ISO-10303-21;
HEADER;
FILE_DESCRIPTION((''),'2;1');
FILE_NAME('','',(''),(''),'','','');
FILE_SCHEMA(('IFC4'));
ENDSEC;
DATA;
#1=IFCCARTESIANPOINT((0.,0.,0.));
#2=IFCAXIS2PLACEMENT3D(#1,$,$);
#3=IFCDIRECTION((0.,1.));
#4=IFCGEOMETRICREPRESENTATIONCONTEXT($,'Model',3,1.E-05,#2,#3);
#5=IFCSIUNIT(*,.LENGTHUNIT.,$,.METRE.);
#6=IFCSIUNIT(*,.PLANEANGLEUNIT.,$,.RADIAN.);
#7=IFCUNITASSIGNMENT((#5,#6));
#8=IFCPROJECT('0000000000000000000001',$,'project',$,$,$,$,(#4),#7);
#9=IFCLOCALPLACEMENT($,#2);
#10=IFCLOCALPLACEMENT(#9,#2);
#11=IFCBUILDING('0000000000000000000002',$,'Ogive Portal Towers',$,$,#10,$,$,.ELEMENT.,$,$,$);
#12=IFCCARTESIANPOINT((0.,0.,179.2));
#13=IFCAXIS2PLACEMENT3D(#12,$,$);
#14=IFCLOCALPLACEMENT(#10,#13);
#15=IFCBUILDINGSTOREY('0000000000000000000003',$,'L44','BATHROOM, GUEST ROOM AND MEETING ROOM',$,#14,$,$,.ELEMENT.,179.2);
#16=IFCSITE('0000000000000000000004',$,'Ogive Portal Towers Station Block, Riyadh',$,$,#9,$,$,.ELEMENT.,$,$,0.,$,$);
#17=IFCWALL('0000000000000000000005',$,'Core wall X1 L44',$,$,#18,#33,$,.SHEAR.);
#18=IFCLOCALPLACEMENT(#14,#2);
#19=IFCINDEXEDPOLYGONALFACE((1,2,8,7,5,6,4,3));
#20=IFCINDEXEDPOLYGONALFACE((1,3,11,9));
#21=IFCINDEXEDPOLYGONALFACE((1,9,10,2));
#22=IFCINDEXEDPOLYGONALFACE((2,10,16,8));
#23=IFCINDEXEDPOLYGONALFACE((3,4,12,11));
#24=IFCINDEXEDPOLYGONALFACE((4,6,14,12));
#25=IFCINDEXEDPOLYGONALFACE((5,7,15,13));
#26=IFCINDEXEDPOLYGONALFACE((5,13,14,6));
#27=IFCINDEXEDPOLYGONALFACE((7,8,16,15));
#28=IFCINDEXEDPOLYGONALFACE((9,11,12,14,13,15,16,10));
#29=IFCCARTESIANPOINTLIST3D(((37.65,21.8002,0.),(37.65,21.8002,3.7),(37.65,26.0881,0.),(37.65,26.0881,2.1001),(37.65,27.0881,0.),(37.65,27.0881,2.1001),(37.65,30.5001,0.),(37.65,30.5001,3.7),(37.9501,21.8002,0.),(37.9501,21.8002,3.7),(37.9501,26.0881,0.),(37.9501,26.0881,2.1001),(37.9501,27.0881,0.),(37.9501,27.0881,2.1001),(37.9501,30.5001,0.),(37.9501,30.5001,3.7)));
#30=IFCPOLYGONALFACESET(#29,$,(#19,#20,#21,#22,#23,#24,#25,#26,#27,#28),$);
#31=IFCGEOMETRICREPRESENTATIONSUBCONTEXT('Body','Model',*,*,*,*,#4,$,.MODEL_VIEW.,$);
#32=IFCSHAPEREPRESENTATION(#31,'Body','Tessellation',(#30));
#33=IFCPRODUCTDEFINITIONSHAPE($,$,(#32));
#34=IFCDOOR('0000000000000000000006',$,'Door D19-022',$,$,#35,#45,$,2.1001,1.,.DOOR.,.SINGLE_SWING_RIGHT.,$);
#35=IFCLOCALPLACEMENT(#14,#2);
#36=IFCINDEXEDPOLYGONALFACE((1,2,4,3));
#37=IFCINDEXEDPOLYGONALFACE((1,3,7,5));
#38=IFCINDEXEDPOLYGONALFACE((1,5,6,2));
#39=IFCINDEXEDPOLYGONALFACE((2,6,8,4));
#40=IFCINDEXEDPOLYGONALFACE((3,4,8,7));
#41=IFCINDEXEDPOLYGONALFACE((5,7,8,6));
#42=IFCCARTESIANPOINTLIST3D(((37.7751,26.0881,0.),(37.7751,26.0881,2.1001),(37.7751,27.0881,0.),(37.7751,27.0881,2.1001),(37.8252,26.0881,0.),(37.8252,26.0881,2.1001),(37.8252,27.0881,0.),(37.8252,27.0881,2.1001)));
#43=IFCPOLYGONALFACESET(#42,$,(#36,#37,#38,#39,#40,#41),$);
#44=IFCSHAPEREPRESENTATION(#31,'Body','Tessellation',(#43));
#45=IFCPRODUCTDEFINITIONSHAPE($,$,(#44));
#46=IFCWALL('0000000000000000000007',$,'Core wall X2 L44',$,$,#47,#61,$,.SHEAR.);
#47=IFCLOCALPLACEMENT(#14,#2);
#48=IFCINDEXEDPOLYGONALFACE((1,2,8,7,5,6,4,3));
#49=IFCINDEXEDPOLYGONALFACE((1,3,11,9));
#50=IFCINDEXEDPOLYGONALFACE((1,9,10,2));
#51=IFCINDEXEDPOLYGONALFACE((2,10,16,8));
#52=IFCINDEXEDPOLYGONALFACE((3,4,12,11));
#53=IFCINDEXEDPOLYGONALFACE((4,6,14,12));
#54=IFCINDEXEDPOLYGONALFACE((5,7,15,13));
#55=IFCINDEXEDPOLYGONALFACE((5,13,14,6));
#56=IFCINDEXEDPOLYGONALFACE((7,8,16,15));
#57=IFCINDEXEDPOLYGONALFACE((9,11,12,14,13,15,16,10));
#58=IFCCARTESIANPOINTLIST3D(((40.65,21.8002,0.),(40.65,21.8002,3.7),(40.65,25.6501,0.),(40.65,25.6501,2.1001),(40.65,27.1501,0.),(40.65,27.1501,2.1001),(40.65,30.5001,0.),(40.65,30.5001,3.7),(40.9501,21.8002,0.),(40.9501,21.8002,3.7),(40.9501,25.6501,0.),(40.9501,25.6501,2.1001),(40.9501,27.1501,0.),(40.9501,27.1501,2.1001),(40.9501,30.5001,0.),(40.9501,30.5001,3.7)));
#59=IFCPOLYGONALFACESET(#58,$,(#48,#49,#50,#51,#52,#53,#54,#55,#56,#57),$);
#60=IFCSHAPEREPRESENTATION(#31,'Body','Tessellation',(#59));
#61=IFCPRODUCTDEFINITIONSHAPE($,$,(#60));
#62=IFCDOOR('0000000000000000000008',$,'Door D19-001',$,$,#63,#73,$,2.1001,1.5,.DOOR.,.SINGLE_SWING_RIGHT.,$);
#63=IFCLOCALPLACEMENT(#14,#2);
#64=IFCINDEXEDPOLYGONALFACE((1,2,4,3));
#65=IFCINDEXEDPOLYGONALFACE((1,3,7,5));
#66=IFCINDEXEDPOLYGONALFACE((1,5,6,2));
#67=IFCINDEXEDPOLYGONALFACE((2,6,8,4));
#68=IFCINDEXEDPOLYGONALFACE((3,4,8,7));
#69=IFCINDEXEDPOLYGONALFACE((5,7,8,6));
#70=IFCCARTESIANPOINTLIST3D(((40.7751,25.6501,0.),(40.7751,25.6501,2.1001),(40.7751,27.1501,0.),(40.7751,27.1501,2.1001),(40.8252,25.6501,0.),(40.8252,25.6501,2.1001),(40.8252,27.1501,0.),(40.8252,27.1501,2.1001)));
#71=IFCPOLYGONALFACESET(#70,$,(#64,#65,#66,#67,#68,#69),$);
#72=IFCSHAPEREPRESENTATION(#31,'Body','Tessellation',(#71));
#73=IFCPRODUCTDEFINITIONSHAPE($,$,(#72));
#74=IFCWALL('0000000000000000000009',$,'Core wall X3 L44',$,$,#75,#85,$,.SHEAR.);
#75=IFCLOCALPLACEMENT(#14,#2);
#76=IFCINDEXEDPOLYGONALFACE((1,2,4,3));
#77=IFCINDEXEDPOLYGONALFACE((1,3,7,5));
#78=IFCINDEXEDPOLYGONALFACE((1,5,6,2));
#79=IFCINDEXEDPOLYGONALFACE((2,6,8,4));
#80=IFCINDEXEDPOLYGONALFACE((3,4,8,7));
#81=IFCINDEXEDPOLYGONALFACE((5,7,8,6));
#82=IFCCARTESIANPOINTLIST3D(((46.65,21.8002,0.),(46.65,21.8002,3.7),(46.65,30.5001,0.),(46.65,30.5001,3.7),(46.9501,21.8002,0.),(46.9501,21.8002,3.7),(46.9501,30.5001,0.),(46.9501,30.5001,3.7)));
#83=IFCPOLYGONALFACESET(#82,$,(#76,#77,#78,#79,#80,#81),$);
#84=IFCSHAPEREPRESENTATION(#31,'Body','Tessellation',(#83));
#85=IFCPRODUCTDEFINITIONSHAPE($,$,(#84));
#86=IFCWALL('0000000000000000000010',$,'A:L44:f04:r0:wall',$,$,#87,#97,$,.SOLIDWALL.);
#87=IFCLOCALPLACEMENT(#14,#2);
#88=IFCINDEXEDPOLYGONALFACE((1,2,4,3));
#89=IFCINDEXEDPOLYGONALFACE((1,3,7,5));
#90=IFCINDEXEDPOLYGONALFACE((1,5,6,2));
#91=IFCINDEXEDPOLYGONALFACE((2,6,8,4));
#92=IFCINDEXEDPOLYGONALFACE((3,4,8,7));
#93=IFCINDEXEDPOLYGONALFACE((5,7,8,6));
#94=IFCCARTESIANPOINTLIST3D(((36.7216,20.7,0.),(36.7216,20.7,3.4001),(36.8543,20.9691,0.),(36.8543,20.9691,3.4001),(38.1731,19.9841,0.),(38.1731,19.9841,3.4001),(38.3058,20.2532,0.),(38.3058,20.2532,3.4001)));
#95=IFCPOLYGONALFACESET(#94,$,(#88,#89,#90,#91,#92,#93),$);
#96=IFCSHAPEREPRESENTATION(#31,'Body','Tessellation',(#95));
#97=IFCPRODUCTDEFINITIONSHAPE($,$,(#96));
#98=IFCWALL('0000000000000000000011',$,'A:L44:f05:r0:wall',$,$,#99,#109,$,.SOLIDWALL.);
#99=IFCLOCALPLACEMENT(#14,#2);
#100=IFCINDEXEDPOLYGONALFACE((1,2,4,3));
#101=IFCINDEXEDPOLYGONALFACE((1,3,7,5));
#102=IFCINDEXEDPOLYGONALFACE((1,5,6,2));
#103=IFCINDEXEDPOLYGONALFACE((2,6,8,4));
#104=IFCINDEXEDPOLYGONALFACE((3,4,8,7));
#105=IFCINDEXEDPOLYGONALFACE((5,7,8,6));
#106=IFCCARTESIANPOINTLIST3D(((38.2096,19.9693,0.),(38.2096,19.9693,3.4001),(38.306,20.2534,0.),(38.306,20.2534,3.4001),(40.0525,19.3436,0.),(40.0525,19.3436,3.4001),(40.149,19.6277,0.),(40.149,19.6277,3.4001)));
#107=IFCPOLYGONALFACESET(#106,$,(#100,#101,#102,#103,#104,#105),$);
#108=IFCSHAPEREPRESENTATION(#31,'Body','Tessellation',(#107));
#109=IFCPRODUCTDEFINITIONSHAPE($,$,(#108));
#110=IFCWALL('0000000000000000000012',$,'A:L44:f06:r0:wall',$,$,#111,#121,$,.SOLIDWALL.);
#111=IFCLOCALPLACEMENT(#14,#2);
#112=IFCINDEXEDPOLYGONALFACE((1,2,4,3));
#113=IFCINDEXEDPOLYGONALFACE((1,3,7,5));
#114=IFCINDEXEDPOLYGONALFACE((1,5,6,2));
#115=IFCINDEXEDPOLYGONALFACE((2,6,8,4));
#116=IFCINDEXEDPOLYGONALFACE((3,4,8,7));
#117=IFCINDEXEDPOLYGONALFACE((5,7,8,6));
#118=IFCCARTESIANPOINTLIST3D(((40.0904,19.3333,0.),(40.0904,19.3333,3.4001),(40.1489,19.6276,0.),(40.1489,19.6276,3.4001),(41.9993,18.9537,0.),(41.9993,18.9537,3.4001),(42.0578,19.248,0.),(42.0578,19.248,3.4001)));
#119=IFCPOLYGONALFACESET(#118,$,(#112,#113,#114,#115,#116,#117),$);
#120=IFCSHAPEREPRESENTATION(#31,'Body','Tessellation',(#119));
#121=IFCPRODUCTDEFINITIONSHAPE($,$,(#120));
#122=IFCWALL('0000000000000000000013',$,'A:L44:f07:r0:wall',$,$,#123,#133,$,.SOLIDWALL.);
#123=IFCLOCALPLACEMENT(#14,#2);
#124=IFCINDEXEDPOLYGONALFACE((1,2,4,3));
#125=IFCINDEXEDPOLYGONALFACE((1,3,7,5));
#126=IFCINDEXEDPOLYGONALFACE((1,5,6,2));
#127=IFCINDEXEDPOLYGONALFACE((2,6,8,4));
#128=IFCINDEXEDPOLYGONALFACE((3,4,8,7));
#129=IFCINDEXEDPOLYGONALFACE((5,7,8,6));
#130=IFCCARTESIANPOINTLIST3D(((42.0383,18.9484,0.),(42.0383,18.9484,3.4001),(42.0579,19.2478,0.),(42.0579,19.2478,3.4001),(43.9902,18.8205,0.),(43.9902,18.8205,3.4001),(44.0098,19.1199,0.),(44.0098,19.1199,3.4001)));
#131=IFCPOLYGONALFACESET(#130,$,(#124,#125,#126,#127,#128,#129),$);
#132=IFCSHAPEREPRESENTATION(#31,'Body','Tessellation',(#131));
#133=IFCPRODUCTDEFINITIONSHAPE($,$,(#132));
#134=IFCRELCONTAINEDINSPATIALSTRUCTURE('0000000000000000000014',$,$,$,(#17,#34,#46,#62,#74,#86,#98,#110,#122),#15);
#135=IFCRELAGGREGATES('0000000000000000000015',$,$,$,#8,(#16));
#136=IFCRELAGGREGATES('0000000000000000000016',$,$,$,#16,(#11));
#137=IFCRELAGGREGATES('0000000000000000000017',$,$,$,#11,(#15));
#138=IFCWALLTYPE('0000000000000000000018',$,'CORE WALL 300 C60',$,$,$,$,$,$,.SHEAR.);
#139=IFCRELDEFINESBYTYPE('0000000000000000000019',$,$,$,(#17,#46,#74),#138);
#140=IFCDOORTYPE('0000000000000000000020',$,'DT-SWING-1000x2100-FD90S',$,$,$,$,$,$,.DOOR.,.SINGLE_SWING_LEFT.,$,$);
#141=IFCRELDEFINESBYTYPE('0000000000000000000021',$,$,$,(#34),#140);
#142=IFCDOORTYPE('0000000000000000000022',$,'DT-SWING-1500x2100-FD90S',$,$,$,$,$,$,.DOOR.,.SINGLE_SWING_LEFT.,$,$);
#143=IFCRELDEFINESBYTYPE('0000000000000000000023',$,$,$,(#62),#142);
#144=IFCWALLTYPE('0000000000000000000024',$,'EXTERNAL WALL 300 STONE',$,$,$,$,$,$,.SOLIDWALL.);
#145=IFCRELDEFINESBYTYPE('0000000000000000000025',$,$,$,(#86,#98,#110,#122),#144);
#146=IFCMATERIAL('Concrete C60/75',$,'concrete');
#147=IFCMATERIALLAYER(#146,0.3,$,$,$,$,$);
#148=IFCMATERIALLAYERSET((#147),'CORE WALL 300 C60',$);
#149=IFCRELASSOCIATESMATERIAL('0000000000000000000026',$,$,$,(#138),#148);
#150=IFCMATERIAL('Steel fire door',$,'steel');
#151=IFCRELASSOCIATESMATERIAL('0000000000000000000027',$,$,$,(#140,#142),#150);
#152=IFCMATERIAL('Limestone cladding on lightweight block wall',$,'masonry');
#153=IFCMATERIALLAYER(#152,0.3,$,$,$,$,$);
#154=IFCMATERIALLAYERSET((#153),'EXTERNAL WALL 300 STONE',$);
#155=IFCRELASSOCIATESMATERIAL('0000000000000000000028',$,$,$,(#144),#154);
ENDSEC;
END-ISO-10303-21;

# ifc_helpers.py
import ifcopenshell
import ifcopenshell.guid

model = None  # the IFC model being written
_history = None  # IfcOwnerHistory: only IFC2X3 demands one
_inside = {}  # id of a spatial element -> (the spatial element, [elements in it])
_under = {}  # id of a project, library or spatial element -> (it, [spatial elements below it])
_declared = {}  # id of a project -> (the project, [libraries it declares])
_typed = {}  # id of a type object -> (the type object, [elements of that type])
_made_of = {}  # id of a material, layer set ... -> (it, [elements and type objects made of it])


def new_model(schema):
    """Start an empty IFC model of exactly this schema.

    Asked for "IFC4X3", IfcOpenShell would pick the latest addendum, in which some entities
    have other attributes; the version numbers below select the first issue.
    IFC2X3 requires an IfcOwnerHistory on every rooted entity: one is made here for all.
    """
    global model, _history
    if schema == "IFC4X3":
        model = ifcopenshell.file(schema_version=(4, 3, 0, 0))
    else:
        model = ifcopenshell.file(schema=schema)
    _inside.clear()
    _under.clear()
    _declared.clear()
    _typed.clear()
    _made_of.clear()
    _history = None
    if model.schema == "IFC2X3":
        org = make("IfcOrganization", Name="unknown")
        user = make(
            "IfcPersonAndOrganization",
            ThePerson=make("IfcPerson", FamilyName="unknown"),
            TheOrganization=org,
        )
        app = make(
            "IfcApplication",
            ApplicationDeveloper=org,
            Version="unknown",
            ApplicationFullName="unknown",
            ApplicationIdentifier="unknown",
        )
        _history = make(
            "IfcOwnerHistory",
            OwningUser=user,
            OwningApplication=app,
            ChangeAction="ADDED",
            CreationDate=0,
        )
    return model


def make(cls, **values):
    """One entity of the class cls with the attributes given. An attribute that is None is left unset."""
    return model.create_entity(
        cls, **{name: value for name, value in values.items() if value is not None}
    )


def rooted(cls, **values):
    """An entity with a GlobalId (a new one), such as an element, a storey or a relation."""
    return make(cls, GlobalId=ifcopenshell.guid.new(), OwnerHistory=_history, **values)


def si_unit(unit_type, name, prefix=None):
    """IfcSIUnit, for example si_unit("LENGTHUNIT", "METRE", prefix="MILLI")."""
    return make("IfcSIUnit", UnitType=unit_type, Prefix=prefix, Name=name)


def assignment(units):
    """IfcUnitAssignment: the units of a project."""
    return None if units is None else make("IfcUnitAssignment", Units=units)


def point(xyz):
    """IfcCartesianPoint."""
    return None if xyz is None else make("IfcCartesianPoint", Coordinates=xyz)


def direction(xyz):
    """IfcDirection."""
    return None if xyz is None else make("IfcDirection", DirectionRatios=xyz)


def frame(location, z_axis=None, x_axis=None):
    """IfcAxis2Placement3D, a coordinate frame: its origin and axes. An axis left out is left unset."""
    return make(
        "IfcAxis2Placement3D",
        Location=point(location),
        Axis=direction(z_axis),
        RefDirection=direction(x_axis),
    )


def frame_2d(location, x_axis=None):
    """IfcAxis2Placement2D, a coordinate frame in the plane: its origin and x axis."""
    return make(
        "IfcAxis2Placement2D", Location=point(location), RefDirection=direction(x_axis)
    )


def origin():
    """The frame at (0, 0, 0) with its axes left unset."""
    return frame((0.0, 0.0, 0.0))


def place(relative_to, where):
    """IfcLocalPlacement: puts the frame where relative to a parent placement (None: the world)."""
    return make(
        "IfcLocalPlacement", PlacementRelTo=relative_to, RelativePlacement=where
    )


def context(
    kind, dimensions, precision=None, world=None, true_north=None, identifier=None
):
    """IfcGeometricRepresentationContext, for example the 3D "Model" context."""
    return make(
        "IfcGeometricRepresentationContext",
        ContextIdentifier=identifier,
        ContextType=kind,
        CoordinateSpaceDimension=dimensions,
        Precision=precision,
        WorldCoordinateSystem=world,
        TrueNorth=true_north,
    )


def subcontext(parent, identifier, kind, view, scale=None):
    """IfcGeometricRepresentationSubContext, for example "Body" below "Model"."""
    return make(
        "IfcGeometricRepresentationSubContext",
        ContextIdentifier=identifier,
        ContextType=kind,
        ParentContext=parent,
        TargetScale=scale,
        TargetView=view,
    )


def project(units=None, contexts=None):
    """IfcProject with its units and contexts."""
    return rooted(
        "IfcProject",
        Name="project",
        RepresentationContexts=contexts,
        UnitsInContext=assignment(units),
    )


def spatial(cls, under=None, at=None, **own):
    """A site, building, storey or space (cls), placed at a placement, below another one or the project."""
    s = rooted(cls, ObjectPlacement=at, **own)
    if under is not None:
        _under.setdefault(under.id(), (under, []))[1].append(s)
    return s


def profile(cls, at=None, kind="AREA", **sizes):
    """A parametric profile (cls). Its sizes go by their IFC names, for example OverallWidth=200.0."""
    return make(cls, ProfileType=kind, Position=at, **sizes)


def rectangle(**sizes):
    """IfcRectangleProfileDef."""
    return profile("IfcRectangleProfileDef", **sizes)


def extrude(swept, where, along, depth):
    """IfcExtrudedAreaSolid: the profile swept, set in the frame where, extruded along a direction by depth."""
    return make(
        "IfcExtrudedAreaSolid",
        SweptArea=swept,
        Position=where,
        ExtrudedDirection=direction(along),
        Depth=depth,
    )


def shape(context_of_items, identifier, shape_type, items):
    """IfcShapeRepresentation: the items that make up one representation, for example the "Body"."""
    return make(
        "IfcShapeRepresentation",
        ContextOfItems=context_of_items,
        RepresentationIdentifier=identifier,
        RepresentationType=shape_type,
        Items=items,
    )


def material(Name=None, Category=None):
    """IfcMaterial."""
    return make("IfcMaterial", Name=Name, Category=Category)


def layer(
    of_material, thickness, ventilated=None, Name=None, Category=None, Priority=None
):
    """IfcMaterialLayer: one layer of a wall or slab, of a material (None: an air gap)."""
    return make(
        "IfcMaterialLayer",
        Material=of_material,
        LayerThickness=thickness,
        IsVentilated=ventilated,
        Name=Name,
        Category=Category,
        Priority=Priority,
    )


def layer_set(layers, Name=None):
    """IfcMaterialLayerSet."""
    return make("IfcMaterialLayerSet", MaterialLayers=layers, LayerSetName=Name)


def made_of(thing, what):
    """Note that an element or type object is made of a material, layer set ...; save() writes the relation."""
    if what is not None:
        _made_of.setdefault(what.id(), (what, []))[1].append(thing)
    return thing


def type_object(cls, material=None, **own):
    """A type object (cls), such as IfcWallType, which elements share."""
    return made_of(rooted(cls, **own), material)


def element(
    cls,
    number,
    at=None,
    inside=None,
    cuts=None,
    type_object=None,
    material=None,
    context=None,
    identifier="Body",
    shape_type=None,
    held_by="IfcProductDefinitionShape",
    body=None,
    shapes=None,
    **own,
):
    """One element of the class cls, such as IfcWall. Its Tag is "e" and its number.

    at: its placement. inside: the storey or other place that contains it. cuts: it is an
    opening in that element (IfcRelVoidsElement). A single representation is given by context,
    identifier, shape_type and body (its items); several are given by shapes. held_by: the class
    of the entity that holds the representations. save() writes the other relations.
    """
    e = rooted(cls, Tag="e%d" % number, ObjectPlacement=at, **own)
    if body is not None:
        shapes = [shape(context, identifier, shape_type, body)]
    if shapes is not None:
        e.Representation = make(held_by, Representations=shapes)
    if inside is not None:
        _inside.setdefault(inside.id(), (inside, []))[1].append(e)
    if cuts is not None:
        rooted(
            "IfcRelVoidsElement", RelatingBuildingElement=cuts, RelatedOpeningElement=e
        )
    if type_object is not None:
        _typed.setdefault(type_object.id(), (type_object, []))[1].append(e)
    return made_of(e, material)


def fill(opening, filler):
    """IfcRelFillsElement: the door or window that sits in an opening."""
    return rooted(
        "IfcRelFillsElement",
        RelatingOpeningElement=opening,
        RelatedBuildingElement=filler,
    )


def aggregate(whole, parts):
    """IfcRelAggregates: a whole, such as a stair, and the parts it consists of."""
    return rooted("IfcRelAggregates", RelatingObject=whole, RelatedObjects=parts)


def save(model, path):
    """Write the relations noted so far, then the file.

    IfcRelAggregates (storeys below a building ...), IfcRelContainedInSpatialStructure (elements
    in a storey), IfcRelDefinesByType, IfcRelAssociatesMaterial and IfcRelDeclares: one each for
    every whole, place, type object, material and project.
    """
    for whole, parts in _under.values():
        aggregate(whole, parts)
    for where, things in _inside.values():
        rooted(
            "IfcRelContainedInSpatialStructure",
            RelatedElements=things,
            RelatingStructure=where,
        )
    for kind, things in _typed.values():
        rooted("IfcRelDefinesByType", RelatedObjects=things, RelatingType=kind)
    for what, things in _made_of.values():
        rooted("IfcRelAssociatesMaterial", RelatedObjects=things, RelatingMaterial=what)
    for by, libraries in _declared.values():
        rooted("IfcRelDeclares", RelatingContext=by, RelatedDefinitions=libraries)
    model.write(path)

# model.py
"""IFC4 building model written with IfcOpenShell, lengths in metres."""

from ifc_helpers import new_model, si_unit, direction, frame, frame_2d, origin, place, context, subcontext, project, spatial, rectangle, extrude, material, layer, layer_set, type_object, element, fill, save


model = new_model("IFC4")

# Units and contexts
model_context = context("Model", 3, precision=1e-05, world=origin(), true_north=direction((0.0, 1.0)))
body_context = subcontext(model_context, "Body", "Model", "MODEL_VIEW")
ifc_project = project(units=[si_unit("LENGTHUNIT", "METRE"), si_unit("PLANEANGLEUNIT", "RADIAN")], contexts=[model_context])

# Site, building, storey
site_placement = place(None, origin())
site = spatial("IfcSite", under=ifc_project, at=site_placement, Name="Ogive Portal Towers Station Block, Riyadh", CompositionType="ELEMENT", RefElevation=0.0)
building_placement = place(site_placement, origin())
building = spatial("IfcBuilding", under=site, at=building_placement, Name="Ogive Portal Towers", CompositionType="ELEMENT")
storey_placement = place(building_placement, frame((0.0, 0.0, 179.2)))
storey = spatial("IfcBuildingStorey", under=building, at=storey_placement, Name="L44", Description="BATHROOM, GUEST ROOM AND MEETING ROOM", CompositionType="ELEMENT", Elevation=179.2)

# Walls, openings, doors
ifc_material_1 = material(Name="Concrete C60/75", Category="concrete")
ifc_layer_1 = layer(ifc_material_1, 0.3)
ifc_layer_set_1 = layer_set([ifc_layer_1], Name="CORE WALL 300 C60")
wall_type_1 = type_object("IfcWallType", Name="CORE WALL 300 C60", PredefinedType="SHEAR", material=ifc_layer_set_1)
wall_1_placement = place(storey_placement, frame((37.8, 21.8, 0.0), z_axis=(0.0, 0.0, 1.0), x_axis=(0.0, 1.0, 0.0)))
wall_1 = element("IfcWall", 1, at=wall_1_placement, inside=storey, type_object=wall_type_1, Name="Core wall X1 L44", PredefinedType="SHEAR", context=body_context, shape_type="SweptSolid", body=[
    extrude(rectangle(XDim=8.7, YDim=0.3, at=frame_2d((4.3501, 0.0))), origin(), (0.0, 0.0, 1.0), 3.7),
])
opening_1_placement = place(wall_1_placement, frame((4.2881, 0.0, 0.0)))
opening_1 = element("IfcOpeningElement", 2, at=opening_1_placement, cuts=wall_1, PredefinedType="OPENING", context=body_context, shape_type="SweptSolid", body=[
    extrude(rectangle(XDim=1.0, YDim=2.1001, at=frame_2d((0.5, 1.05))), frame((0.0, 0.1602, 0.0), z_axis=(0.0, -1.0, 0.0), x_axis=(1.0, 0.0, 0.0)), (0.0, 0.0, 1.0), 0.3201),
])
ifc_material_2 = material(Name="Steel fire door", Category="steel")
door_type_1 = type_object("IfcDoorType", Name="DT-SWING-1000x2100-FD90S", OperationType="SINGLE_SWING_LEFT", PredefinedType="DOOR", material=ifc_material_2)
door_1_placement = place(opening_1_placement, origin())
door_1 = element("IfcDoor", 3, at=door_1_placement, inside=storey, type_object=door_type_1, Name="Door D19-022", OperationType="SINGLE_SWING_RIGHT", OverallHeight=2.1001, OverallWidth=1.0, PredefinedType="DOOR", context=body_context, shape_type="SweptSolid", body=[
    extrude(rectangle(XDim=1.0, YDim=2.1001, at=frame_2d((0.5, 1.05))), frame((0.0, 0.0249, 0.0), z_axis=(0.0, -1.0, 0.0), x_axis=(1.0, 0.0, 0.0)), (0.0, 0.0, 1.0), 0.05),
])
fill(opening_1, door_1)
wall_2_placement = place(storey_placement, frame((40.8, 21.8, 0.0), z_axis=(0.0, 0.0, 1.0), x_axis=(0.0, 1.0, 0.0)))
wall_2 = element("IfcWall", 4, at=wall_2_placement, inside=storey, type_object=wall_type_1, Name="Core wall X2 L44", PredefinedType="SHEAR", context=body_context, shape_type="SweptSolid", body=[
    extrude(rectangle(XDim=8.7, YDim=0.3, at=frame_2d((4.3501, 0.0))), origin(), (0.0, 0.0, 1.0), 3.7),
])
opening_2_placement = place(wall_2_placement, frame((3.8501, 0.0, 0.0)))
opening_2 = element("IfcOpeningElement", 5, at=opening_2_placement, cuts=wall_2, PredefinedType="OPENING", context=body_context, shape_type="SweptSolid", body=[
    extrude(rectangle(XDim=1.5, YDim=2.1001, at=frame_2d((0.75, 1.05))), frame((0.0, 0.1602, 0.0), z_axis=(0.0, -1.0, 0.0), x_axis=(1.0, 0.0, 0.0)), (0.0, 0.0, 1.0), 0.3201),
])
door_type_2 = type_object("IfcDoorType", Name="DT-SWING-1500x2100-FD90S", OperationType="SINGLE_SWING_LEFT", PredefinedType="DOOR", material=ifc_material_2)
door_2_placement = place(opening_2_placement, origin())
door_2 = element("IfcDoor", 6, at=door_2_placement, inside=storey, type_object=door_type_2, Name="Door D19-001", OperationType="SINGLE_SWING_RIGHT", OverallHeight=2.1001, OverallWidth=1.5, PredefinedType="DOOR", context=body_context, shape_type="SweptSolid", body=[
    extrude(rectangle(XDim=1.5, YDim=2.1001, at=frame_2d((0.75, 1.05))), frame((0.0, 0.0249, 0.0), z_axis=(0.0, -1.0, 0.0), x_axis=(1.0, 0.0, 0.0)), (0.0, 0.0, 1.0), 0.05),
])
fill(opening_2, door_2)

# Walls
wall_3_placement = place(storey_placement, frame((46.8, 21.8, 0.0), z_axis=(0.0, 0.0, 1.0), x_axis=(0.0, 1.0, 0.0)))
element("IfcWall", 7, at=wall_3_placement, inside=storey, type_object=wall_type_1, Name="Core wall X3 L44", PredefinedType="SHEAR", context=body_context, shape_type="SweptSolid", body=[
    extrude(rectangle(XDim=8.7, YDim=0.3, at=frame_2d((4.3501, 0.0))), origin(), (0.0, 0.0, 1.0), 3.7),
])
ifc_material_3 = material(Name="Limestone cladding on lightweight block wall", Category="masonry")
ifc_layer_2 = layer(ifc_material_3, 0.3)
ifc_layer_set_2 = layer_set([ifc_layer_2], Name="EXTERNAL WALL 300 STONE")
wall_type_2 = type_object("IfcWallType", Name="EXTERNAL WALL 300 STONE", PredefinedType="SOLIDWALL", material=ifc_layer_set_2)
wall_4_placement = place(storey_placement, frame((36.7881, 20.8345, 0.0), z_axis=(0.0, 0.0, 1.0), x_axis=(0.896858, -0.442319, 0.0)))
element("IfcWall", 8, at=wall_4_placement, inside=storey, type_object=wall_type_2, Name="A:L44:f04:r0:wall", PredefinedType="SOLIDWALL", context=body_context, shape_type="SweptSolid", body=[
    extrude(rectangle(XDim=1.6184, YDim=0.3, at=frame_2d((0.8091, 0.0))), origin(), (0.0, 0.0, 1.0), 3.4001),
])
for number, where, z_axis, x_axis, name in (
    (9, (38.2578, 20.1113, 0.0), (0.0, 0.0, 1.0), (0.946913, -0.321491, 0.0), "A:L44:f05:r0:wall"),
    (10, (40.1196, 19.4805, 0.0), (0.0, 0.0, 1.0), (0.980792, -0.195055, 0.0), "A:L44:f06:r0:wall"),
):
    element("IfcWall", number, at=place(storey_placement, frame(where, z_axis=z_axis, x_axis=x_axis)), inside=storey, type_object=wall_type_2, Name=name, PredefinedType="SOLIDWALL", context=body_context, shape_type="SweptSolid", body=[
        extrude(rectangle(XDim=1.9463, YDim=0.3, at=frame_2d((0.9731, 0.0))), origin(), (0.0, 0.0, 1.0), 3.4001),
    ])
wall_5_placement = place(storey_placement, frame((42.0481, 19.0981, 0.0), z_axis=(0.0, 0.0, 1.0), x_axis=(0.997859, -0.065401, 0.0)))
element("IfcWall", 11, at=wall_5_placement, inside=storey, type_object=wall_type_2, Name="A:L44:f07:r0:wall", PredefinedType="SOLIDWALL", context=body_context, shape_type="SweptSolid", body=[
    extrude(rectangle(XDim=1.9561, YDim=0.3, at=frame_2d((0.978, 0.0))), origin(), (0.0, 0.0, 1.0), 3.4001),
])

save(model, "model.ifc")
